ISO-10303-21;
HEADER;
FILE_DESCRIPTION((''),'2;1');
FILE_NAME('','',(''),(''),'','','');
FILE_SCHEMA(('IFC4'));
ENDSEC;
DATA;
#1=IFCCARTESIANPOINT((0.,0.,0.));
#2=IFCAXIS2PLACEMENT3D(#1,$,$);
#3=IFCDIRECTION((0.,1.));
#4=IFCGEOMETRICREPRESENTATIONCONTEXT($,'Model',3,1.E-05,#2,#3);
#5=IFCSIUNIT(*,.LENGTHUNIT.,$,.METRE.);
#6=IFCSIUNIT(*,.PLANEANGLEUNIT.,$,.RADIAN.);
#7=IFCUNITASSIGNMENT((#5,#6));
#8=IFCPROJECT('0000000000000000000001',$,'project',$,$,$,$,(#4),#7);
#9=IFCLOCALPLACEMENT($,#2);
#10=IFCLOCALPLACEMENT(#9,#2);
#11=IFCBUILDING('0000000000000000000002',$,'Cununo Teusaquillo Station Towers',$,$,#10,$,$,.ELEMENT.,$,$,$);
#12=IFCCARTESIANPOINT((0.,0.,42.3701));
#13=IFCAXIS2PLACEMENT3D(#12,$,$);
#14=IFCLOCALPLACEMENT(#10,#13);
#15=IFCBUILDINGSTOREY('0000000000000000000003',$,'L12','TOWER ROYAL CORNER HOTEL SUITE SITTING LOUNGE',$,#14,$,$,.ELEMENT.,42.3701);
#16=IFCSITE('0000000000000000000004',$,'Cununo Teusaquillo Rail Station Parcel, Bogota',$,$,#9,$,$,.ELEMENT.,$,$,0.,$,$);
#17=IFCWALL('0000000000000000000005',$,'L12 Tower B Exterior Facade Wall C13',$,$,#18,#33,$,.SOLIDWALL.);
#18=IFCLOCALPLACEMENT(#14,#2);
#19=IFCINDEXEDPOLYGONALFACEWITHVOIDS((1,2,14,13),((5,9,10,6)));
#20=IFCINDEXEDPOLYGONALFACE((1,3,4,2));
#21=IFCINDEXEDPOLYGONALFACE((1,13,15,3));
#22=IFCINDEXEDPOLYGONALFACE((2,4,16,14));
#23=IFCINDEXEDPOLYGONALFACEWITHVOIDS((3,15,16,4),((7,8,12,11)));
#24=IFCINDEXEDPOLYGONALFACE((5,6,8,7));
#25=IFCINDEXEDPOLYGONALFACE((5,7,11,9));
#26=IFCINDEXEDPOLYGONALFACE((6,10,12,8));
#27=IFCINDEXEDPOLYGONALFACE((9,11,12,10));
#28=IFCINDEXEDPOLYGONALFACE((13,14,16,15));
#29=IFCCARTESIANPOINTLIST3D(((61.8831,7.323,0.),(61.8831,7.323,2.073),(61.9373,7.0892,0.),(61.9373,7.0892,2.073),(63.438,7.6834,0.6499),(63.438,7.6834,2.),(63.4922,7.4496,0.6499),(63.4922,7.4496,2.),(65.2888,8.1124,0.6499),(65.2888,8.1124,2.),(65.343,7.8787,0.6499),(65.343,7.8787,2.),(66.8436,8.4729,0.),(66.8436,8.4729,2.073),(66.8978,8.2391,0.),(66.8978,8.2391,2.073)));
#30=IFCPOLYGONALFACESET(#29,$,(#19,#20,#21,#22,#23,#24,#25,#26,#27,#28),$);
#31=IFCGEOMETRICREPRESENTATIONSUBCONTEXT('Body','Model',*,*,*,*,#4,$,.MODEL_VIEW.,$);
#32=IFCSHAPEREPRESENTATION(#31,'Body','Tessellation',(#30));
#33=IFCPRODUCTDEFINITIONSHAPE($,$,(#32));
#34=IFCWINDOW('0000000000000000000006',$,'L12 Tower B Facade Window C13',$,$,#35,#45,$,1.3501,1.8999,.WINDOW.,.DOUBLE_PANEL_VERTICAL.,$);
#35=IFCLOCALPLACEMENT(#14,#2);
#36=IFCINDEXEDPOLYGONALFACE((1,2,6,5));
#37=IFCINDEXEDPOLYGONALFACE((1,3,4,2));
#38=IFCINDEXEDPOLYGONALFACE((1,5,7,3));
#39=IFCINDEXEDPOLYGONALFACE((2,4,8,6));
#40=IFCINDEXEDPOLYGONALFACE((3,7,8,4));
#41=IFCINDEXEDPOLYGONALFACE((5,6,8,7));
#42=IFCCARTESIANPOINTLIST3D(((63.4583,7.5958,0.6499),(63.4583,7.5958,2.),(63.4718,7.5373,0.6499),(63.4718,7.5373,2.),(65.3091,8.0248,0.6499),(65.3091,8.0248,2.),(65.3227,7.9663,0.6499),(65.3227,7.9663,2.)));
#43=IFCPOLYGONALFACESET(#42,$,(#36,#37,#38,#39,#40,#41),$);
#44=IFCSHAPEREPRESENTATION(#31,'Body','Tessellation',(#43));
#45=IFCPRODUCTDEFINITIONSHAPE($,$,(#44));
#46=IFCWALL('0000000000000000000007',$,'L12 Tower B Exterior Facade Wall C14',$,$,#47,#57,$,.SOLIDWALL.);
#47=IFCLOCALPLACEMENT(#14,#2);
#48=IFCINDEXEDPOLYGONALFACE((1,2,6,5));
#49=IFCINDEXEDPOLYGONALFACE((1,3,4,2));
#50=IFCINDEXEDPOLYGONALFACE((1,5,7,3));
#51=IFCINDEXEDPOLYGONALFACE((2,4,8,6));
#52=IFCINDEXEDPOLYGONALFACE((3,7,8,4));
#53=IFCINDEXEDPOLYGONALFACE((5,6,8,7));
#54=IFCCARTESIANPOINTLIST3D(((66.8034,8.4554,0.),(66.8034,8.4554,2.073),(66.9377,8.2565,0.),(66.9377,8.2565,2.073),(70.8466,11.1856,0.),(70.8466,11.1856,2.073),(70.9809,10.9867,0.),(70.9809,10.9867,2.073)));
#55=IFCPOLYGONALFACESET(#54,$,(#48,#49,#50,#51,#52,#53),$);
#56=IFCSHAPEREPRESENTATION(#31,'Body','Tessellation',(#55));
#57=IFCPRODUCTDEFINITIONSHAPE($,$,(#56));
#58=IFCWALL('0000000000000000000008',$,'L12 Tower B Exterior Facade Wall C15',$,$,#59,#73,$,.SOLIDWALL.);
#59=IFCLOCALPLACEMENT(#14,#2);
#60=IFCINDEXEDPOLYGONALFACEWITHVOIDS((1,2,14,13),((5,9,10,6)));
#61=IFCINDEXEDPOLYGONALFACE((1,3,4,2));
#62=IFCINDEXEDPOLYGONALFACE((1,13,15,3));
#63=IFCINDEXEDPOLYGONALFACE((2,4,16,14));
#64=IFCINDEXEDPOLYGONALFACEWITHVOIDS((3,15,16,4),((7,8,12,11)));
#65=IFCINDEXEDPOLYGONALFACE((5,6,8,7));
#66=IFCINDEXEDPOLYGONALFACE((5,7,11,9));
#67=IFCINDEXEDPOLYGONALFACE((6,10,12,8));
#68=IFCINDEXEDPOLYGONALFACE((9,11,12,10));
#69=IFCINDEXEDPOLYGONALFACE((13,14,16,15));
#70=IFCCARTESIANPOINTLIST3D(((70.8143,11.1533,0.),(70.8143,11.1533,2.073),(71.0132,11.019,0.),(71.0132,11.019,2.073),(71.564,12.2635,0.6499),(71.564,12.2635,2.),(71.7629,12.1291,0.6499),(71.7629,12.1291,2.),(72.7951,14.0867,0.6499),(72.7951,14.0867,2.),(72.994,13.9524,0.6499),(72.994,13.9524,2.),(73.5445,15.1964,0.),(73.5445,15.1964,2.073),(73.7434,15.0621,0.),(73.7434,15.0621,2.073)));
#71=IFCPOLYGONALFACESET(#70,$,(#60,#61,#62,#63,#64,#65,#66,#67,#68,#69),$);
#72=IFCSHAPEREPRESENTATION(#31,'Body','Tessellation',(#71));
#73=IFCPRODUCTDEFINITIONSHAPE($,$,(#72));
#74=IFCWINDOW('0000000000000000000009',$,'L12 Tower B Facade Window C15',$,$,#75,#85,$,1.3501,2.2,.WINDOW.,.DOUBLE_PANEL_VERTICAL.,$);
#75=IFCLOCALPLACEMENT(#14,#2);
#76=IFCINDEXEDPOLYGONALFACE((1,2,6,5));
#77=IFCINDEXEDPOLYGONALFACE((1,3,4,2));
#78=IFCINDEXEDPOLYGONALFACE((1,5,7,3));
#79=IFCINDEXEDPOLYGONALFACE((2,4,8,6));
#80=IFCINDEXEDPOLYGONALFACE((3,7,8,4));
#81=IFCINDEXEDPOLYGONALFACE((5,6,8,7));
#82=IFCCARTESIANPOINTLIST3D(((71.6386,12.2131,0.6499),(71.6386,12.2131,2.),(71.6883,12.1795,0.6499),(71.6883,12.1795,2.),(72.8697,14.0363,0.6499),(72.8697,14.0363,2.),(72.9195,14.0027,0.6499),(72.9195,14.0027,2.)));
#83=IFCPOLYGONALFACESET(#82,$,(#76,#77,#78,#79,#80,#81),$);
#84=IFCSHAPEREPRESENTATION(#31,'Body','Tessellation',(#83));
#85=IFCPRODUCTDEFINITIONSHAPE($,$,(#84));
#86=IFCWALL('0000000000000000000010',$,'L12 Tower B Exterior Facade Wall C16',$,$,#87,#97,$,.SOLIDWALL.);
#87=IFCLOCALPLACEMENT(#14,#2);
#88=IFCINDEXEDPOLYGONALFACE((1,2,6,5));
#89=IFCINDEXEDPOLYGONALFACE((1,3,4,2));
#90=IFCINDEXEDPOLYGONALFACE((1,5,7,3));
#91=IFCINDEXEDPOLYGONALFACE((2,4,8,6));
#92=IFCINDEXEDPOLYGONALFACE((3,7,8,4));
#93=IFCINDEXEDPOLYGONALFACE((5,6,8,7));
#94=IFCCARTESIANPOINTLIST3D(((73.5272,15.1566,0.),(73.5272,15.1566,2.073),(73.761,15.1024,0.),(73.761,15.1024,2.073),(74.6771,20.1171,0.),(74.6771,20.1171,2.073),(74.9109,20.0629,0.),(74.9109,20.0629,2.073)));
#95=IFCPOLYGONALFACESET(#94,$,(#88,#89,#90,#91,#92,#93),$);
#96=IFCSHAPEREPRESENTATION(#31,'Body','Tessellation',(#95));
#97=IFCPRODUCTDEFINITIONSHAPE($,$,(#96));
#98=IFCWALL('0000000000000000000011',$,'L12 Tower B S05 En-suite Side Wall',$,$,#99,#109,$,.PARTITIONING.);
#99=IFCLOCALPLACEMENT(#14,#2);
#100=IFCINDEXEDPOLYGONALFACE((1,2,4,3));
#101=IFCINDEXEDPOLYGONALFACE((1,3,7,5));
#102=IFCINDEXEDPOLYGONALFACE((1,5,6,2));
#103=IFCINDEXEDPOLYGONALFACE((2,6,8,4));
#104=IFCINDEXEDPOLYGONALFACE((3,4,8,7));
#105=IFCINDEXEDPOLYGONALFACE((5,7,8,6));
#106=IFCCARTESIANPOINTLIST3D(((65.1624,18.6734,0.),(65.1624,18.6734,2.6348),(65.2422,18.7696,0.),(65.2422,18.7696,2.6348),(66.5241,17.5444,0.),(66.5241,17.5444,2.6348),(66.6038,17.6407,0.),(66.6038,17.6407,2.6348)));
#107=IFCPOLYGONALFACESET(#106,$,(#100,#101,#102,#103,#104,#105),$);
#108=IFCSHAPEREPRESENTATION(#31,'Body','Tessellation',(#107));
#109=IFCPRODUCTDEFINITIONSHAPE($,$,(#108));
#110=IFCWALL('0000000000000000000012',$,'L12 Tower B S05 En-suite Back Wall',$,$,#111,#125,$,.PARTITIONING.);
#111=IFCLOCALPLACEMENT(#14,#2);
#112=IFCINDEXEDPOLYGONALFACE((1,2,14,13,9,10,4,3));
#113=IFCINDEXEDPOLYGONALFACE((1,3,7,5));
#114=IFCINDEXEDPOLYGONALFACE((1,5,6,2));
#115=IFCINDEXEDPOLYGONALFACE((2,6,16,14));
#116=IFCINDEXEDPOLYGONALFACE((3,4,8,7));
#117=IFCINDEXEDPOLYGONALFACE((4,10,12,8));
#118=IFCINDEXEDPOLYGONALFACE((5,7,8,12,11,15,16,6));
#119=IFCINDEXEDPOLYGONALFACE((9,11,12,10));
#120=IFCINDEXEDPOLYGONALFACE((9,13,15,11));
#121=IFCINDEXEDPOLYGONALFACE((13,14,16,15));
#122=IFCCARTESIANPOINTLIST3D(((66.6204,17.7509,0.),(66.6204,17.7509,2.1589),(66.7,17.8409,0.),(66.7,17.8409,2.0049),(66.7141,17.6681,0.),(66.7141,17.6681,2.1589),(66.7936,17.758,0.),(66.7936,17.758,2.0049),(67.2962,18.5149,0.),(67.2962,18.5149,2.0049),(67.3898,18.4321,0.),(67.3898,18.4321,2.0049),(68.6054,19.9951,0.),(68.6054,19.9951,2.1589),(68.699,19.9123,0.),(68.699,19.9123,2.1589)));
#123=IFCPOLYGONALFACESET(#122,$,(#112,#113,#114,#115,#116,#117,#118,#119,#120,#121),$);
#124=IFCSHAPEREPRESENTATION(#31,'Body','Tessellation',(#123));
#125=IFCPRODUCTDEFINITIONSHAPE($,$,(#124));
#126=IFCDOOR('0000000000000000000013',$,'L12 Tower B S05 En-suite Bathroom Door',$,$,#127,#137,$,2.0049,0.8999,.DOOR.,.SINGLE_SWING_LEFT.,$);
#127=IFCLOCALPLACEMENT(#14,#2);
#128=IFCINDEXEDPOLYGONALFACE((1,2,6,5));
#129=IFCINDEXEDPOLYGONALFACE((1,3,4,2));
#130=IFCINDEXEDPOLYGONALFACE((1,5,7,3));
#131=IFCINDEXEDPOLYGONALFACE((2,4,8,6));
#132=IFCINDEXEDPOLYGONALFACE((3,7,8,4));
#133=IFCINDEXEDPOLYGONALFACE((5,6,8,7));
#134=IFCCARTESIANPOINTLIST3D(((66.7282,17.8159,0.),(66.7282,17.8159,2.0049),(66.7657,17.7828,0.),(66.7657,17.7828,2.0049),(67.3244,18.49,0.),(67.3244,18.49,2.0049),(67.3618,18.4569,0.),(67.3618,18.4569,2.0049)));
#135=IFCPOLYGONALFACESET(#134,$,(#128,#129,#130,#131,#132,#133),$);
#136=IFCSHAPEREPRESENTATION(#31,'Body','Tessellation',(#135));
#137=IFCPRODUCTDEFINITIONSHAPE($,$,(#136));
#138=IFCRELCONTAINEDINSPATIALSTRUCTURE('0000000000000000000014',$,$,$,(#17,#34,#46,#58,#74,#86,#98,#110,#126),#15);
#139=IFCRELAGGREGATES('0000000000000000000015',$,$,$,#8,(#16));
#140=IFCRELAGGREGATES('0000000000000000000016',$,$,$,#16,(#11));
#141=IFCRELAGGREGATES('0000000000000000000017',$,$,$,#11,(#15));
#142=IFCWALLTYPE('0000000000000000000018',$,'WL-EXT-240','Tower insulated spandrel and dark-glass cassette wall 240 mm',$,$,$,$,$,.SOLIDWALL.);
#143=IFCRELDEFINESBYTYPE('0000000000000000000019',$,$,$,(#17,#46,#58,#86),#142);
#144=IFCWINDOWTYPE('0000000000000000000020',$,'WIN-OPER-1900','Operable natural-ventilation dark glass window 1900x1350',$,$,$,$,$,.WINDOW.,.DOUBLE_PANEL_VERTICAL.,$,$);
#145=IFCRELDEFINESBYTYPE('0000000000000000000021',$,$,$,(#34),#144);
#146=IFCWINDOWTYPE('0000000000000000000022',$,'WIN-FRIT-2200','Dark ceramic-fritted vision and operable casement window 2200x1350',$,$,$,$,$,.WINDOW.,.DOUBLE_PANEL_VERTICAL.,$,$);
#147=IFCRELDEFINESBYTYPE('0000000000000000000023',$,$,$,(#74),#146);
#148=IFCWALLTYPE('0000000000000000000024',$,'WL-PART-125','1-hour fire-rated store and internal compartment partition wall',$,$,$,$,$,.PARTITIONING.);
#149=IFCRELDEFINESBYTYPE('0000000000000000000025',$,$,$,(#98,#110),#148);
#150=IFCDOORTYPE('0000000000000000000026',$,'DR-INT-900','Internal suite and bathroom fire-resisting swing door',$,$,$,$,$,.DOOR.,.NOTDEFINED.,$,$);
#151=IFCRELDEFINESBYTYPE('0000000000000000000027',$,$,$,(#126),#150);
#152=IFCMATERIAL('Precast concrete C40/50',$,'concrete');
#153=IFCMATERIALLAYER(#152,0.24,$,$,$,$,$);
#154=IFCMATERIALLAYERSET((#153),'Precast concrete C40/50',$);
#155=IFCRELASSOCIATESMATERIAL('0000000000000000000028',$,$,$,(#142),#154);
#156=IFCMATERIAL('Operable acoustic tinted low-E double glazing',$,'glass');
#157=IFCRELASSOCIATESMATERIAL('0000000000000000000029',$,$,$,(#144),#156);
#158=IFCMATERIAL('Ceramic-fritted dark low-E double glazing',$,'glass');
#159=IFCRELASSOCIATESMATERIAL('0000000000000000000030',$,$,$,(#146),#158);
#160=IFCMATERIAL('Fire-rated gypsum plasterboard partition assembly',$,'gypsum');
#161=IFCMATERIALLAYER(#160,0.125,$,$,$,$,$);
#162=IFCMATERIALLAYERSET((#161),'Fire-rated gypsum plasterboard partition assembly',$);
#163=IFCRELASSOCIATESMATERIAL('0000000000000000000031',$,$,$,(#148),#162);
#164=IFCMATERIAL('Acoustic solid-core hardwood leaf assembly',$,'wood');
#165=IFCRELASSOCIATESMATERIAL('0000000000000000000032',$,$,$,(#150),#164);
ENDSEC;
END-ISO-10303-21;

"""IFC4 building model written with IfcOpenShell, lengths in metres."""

from ifc_helpers import new_model, si_unit, direction, frame, frame_2d, origin, place, context, subcontext, project, spatial, rectangle, extrude, source, transform, mapped, material, layer, layer_set, type_object, element, fill, save


model = new_model("IFC4")

# Units and contexts
model_context = context("Model", 3, precision=1e-05, world=origin(), true_north=direction((0.0, 1.0)))
body_context = subcontext(model_context, "Body", "Model", "MODEL_VIEW")
ifc_project = project(units=[si_unit("LENGTHUNIT", "METRE"), si_unit("PLANEANGLEUNIT", "RADIAN")], contexts=[model_context])

# Site, building, storey
site_placement = place(None, origin())
site = spatial("IfcSite", under=ifc_project, at=site_placement, Name="Cununo Teusaquillo Rail Station Parcel, Bogota", CompositionType="ELEMENT", RefElevation=0.0)
building_placement = place(site_placement, origin())
building = spatial("IfcBuilding", under=site, at=building_placement, Name="Cununo Teusaquillo Station Towers", CompositionType="ELEMENT")
storey_placement = place(building_placement, frame((0.0, 0.0, 42.3701)))
storey = spatial("IfcBuildingStorey", under=building, at=storey_placement, Name="L12", Description="TOWER ROYAL CORNER HOTEL SUITE SITTING LOUNGE", CompositionType="ELEMENT", Elevation=42.3701)

# Wall, opening, window
ifc_material_1 = material(Name="Precast concrete C40/50", Category="concrete")
ifc_layer_1 = layer(ifc_material_1, 0.24)
ifc_layer_set_1 = layer_set([ifc_layer_1], Name="Precast concrete C40/50")
wall_type_1 = type_object("IfcWallType", Name="WL-EXT-240", Description="Tower insulated spandrel and dark-glass cassette wall 240 mm", PredefinedType="SOLIDWALL", material=ifc_layer_set_1)
wall_1_placement = place(storey_placement, frame((66.8706, 8.356, 0.0), z_axis=(0.0, 0.0, 1.0), x_axis=(-0.974168, -0.225826, 0.0)))
wall_1 = element("IfcWall", 1, at=wall_1_placement, inside=storey, type_object=wall_type_1, Name="L12 Tower B Exterior Facade Wall C13", PredefinedType="SOLIDWALL", context=body_context, shape_type="SweptSolid", body=[
    extrude(rectangle(XDim=5.092, YDim=0.24, at=frame_2d((2.5459, 0.0))), origin(), (0.0, 0.0, 1.0), 2.073),
])
shared_shape_1 = source(origin(), body_context, "Body", "SweptSolid", [
    extrude(rectangle(XDim=1.8999, YDim=1.3501, at=frame_2d((0.95, 0.675))), frame((0.0, 0.1299, 0.0), z_axis=(0.0, -1.0, 0.0), x_axis=(1.0, 0.0, 0.0)), (0.0, 0.0, 1.0), 0.26),
])
opening_1_placement = place(wall_1_placement, frame((1.5959, 0.0, 0.6499)))
opening_1 = element("IfcOpeningElement", 2, at=opening_1_placement, cuts=wall_1, PredefinedType="OPENING", context=body_context, shape_type="MappedRepresentation", body=[
    mapped(shared_shape_1, transform((0.0, 0.0, 0.0), x_axis=(1.0, 0.0, 0.0), y_axis=(0.0, 1.0, 0.0), z_axis=(0.0, 0.0, 1.0), scale=1.0)),
])
ifc_material_2 = material(Name="Operable acoustic tinted low-E double glazing", Category="glass")
window_type_1 = type_object("IfcWindowType", Name="WIN-OPER-1900", Description="Operable natural-ventilation dark glass window 1900x1350", PartitioningType="DOUBLE_PANEL_VERTICAL", PredefinedType="WINDOW", material=ifc_material_2)
shared_shape_2 = source(origin(), body_context, "Body", "SweptSolid", [
    extrude(rectangle(XDim=1.8999, YDim=1.3501, at=frame_2d((0.95, 0.675))), frame((0.0, 0.03, 0.0), z_axis=(0.0, -1.0, 0.0), x_axis=(1.0, 0.0, 0.0)), (0.0, 0.0, 1.0), 0.0601),
])
window_1_placement = place(opening_1_placement, origin())
window_1 = element("IfcWindow", 3, at=window_1_placement, inside=storey, type_object=window_type_1, Name="L12 Tower B Facade Window C13", OverallHeight=1.3501, OverallWidth=1.8999, PartitioningType="DOUBLE_PANEL_VERTICAL", PredefinedType="WINDOW", context=body_context, shape_type="MappedRepresentation", body=[
    mapped(shared_shape_2, transform((0.0, 0.0, 0.0), x_axis=(1.0, 0.0, 0.0), y_axis=(0.0, 1.0, 0.0), z_axis=(0.0, 0.0, 1.0), scale=1.0)),
])
fill(opening_1, window_1)

# Wall
wall_2_placement = place(storey_placement, frame((70.9138, 11.0862, 0.0), z_axis=(0.0, 0.0, 1.0), x_axis=(-0.828748, -0.559622, 0.0)))
element("IfcWall", 4, at=wall_2_placement, inside=storey, type_object=wall_type_1, Name="L12 Tower B Exterior Facade Wall C14", PredefinedType="SOLIDWALL", context=body_context, shape_type="SweptSolid", body=[
    extrude(rectangle(XDim=4.8787, YDim=0.24, at=frame_2d((2.4395, 0.0))), origin(), (0.0, 0.0, 1.0), 2.073),
])

# Wall, opening, window
wall_3_placement = place(storey_placement, frame((73.644, 15.1294, 0.0), z_axis=(0.0, 0.0, 1.0), x_axis=(-0.559622, -0.828748, 0.0)))
wall_3 = element("IfcWall", 5, at=wall_3_placement, inside=storey, type_object=wall_type_1, Name="L12 Tower B Exterior Facade Wall C15", PredefinedType="SOLIDWALL", context=body_context, shape_type="SweptSolid", body=[
    extrude(rectangle(XDim=4.8787, YDim=0.24, at=frame_2d((2.4395, 0.0))), origin(), (0.0, 0.0, 1.0), 2.073),
])
shared_shape_3 = source(origin(), body_context, "Body", "SweptSolid", [
    extrude(rectangle(XDim=2.2, YDim=1.3501, at=frame_2d((1.1001, 0.675))), frame((0.0, 0.1299, 0.0), z_axis=(0.0, -1.0, 0.0), x_axis=(1.0, 0.0, 0.0)), (0.0, 0.0, 1.0), 0.26),
])
opening_2_placement = place(wall_3_placement, frame((1.3391, 0.0, 0.6499)))
opening_2 = element("IfcOpeningElement", 6, at=opening_2_placement, cuts=wall_3, PredefinedType="OPENING", context=body_context, shape_type="MappedRepresentation", body=[
    mapped(shared_shape_3, transform((0.0, 0.0, 0.0), x_axis=(1.0, 0.0, 0.0), y_axis=(0.0, 1.0, 0.0), z_axis=(0.0, 0.0, 1.0), scale=1.0)),
])
ifc_material_3 = material(Name="Ceramic-fritted dark low-E double glazing", Category="glass")
window_type_2 = type_object("IfcWindowType", Name="WIN-FRIT-2200", Description="Dark ceramic-fritted vision and operable casement window 2200x1350", PartitioningType="DOUBLE_PANEL_VERTICAL", PredefinedType="WINDOW", material=ifc_material_3)
shared_shape_4 = source(origin(), body_context, "Body", "SweptSolid", [
    extrude(rectangle(XDim=2.2, YDim=1.3501, at=frame_2d((1.1001, 0.675))), frame((0.0, 0.03, 0.0), z_axis=(0.0, -1.0, 0.0), x_axis=(1.0, 0.0, 0.0)), (0.0, 0.0, 1.0), 0.0601),
])
window_2_placement = place(opening_2_placement, origin())
window_2 = element("IfcWindow", 7, at=window_2_placement, inside=storey, type_object=window_type_2, Name="L12 Tower B Facade Window C15", OverallHeight=1.3501, OverallWidth=2.2, PartitioningType="DOUBLE_PANEL_VERTICAL", PredefinedType="WINDOW", context=body_context, shape_type="MappedRepresentation", body=[
    mapped(shared_shape_4, transform((0.0, 0.0, 0.0), x_axis=(1.0, 0.0, 0.0), y_axis=(0.0, 1.0, 0.0), z_axis=(0.0, 0.0, 1.0), scale=1.0)),
])
fill(opening_2, window_2)

# Walls
wall_4_placement = place(storey_placement, frame((74.7939, 20.0898, 0.0), z_axis=(0.0, 0.0, 1.0), x_axis=(-0.225826, -0.974168, 0.0)))
element("IfcWall", 8, at=wall_4_placement, inside=storey, type_object=wall_type_1, Name="L12 Tower B Exterior Facade Wall C16", PredefinedType="SOLIDWALL", context=body_context, shape_type="SweptSolid", body=[
    extrude(rectangle(XDim=5.092, YDim=0.24, at=frame_2d((2.5459, 0.0))), origin(), (0.0, 0.0, 1.0), 2.073),
])
ifc_material_4 = material(Name="Fire-rated gypsum plasterboard partition assembly", Category="gypsum")
ifc_layer_2 = layer(ifc_material_4, 0.125)
ifc_layer_set_2 = layer_set([ifc_layer_2], Name="Fire-rated gypsum plasterboard partition assembly")
wall_type_2 = type_object("IfcWallType", Name="WL-PART-125", Description="1-hour fire-rated store and internal compartment partition wall", PredefinedType="PARTITIONING", material=ifc_layer_set_2)
wall_5_placement = place(storey_placement, frame((65.2024, 18.7214, 0.0), z_axis=(0.0, 0.0, 1.0), x_axis=(0.769814, -0.638268, 0.0)))
element("IfcWall", 9, at=wall_5_placement, inside=storey, type_object=wall_type_2, Name="L12 Tower B S05 En-suite Side Wall", PredefinedType="PARTITIONING", context=body_context, shape_type="SweptSolid", body=[
    extrude(rectangle(XDim=1.7688, YDim=0.125, at=frame_2d((0.8843, 0.0))), origin(), (0.0, 0.0, 1.0), 2.6348),
])

# Wall, opening, door
wall_6_placement = place(storey_placement, frame((66.6672, 17.7095, 0.0), z_axis=(0.0, 0.0, 1.0), x_axis=(0.662511, 0.749053, 0.0)))
wall_6 = element("IfcWall", 10, at=wall_6_placement, inside=storey, type_object=wall_type_2, Name="L12 Tower B S05 En-suite Back Wall", PredefinedType="PARTITIONING", context=body_context, shape_type="SweptSolid", body=[
    extrude(rectangle(XDim=2.9961, YDim=0.125, at=frame_2d((1.498, 0.0))), origin(), (0.0, 0.0, 1.0), 2.1589),
])
shared_shape_5 = source(origin(), body_context, "Body", "SweptSolid", [
    extrude(rectangle(XDim=0.8999, YDim=2.0049, at=frame_2d((0.45, 1.0024))), frame((0.0, 0.0725, 0.0), z_axis=(0.0, -1.0, 0.0), x_axis=(1.0, 0.0, 0.0)), (0.0, 0.0, 1.0), 0.145),
])
opening_3_placement = place(wall_6_placement, frame((0.1201, 0.0, 0.0)))
opening_3 = element("IfcOpeningElement", 11, at=opening_3_placement, cuts=wall_6, PredefinedType="OPENING", context=body_context, shape_type="MappedRepresentation", body=[
    mapped(shared_shape_5, transform((0.0, 0.0, 0.0), x_axis=(1.0, 0.0, 0.0), y_axis=(0.0, 1.0, 0.0), z_axis=(0.0, 0.0, 1.0), scale=1.0)),
])
ifc_material_5 = material(Name="Acoustic solid-core hardwood leaf assembly", Category="wood")
door_type_1 = type_object("IfcDoorType", Name="DR-INT-900", Description="Internal suite and bathroom fire-resisting swing door", OperationType="NOTDEFINED", PredefinedType="DOOR", material=ifc_material_5)
shared_shape_6 = source(origin(), body_context, "Body", "SweptSolid", [
    extrude(rectangle(XDim=0.8999, YDim=2.0049, at=frame_2d((0.45, 1.0024))), frame((0.0, 0.0249, 0.0), z_axis=(0.0, -1.0, 0.0), x_axis=(1.0, 0.0, 0.0)), (0.0, 0.0, 1.0), 0.05),
])
door_1_placement = place(opening_3_placement, origin())
door_1 = element("IfcDoor", 12, at=door_1_placement, inside=storey, type_object=door_type_1, Name="L12 Tower B S05 En-suite Bathroom Door", OperationType="SINGLE_SWING_LEFT", OverallHeight=2.0049, OverallWidth=0.8999, PredefinedType="DOOR", context=body_context, shape_type="MappedRepresentation", body=[
    mapped(shared_shape_6, transform((0.0, 0.0, 0.0), x_axis=(1.0, 0.0, 0.0), y_axis=(0.0, 1.0, 0.0), z_axis=(0.0, 0.0, 1.0), scale=1.0)),
])
fill(opening_3, door_1)

save(model, "model.ifc")
